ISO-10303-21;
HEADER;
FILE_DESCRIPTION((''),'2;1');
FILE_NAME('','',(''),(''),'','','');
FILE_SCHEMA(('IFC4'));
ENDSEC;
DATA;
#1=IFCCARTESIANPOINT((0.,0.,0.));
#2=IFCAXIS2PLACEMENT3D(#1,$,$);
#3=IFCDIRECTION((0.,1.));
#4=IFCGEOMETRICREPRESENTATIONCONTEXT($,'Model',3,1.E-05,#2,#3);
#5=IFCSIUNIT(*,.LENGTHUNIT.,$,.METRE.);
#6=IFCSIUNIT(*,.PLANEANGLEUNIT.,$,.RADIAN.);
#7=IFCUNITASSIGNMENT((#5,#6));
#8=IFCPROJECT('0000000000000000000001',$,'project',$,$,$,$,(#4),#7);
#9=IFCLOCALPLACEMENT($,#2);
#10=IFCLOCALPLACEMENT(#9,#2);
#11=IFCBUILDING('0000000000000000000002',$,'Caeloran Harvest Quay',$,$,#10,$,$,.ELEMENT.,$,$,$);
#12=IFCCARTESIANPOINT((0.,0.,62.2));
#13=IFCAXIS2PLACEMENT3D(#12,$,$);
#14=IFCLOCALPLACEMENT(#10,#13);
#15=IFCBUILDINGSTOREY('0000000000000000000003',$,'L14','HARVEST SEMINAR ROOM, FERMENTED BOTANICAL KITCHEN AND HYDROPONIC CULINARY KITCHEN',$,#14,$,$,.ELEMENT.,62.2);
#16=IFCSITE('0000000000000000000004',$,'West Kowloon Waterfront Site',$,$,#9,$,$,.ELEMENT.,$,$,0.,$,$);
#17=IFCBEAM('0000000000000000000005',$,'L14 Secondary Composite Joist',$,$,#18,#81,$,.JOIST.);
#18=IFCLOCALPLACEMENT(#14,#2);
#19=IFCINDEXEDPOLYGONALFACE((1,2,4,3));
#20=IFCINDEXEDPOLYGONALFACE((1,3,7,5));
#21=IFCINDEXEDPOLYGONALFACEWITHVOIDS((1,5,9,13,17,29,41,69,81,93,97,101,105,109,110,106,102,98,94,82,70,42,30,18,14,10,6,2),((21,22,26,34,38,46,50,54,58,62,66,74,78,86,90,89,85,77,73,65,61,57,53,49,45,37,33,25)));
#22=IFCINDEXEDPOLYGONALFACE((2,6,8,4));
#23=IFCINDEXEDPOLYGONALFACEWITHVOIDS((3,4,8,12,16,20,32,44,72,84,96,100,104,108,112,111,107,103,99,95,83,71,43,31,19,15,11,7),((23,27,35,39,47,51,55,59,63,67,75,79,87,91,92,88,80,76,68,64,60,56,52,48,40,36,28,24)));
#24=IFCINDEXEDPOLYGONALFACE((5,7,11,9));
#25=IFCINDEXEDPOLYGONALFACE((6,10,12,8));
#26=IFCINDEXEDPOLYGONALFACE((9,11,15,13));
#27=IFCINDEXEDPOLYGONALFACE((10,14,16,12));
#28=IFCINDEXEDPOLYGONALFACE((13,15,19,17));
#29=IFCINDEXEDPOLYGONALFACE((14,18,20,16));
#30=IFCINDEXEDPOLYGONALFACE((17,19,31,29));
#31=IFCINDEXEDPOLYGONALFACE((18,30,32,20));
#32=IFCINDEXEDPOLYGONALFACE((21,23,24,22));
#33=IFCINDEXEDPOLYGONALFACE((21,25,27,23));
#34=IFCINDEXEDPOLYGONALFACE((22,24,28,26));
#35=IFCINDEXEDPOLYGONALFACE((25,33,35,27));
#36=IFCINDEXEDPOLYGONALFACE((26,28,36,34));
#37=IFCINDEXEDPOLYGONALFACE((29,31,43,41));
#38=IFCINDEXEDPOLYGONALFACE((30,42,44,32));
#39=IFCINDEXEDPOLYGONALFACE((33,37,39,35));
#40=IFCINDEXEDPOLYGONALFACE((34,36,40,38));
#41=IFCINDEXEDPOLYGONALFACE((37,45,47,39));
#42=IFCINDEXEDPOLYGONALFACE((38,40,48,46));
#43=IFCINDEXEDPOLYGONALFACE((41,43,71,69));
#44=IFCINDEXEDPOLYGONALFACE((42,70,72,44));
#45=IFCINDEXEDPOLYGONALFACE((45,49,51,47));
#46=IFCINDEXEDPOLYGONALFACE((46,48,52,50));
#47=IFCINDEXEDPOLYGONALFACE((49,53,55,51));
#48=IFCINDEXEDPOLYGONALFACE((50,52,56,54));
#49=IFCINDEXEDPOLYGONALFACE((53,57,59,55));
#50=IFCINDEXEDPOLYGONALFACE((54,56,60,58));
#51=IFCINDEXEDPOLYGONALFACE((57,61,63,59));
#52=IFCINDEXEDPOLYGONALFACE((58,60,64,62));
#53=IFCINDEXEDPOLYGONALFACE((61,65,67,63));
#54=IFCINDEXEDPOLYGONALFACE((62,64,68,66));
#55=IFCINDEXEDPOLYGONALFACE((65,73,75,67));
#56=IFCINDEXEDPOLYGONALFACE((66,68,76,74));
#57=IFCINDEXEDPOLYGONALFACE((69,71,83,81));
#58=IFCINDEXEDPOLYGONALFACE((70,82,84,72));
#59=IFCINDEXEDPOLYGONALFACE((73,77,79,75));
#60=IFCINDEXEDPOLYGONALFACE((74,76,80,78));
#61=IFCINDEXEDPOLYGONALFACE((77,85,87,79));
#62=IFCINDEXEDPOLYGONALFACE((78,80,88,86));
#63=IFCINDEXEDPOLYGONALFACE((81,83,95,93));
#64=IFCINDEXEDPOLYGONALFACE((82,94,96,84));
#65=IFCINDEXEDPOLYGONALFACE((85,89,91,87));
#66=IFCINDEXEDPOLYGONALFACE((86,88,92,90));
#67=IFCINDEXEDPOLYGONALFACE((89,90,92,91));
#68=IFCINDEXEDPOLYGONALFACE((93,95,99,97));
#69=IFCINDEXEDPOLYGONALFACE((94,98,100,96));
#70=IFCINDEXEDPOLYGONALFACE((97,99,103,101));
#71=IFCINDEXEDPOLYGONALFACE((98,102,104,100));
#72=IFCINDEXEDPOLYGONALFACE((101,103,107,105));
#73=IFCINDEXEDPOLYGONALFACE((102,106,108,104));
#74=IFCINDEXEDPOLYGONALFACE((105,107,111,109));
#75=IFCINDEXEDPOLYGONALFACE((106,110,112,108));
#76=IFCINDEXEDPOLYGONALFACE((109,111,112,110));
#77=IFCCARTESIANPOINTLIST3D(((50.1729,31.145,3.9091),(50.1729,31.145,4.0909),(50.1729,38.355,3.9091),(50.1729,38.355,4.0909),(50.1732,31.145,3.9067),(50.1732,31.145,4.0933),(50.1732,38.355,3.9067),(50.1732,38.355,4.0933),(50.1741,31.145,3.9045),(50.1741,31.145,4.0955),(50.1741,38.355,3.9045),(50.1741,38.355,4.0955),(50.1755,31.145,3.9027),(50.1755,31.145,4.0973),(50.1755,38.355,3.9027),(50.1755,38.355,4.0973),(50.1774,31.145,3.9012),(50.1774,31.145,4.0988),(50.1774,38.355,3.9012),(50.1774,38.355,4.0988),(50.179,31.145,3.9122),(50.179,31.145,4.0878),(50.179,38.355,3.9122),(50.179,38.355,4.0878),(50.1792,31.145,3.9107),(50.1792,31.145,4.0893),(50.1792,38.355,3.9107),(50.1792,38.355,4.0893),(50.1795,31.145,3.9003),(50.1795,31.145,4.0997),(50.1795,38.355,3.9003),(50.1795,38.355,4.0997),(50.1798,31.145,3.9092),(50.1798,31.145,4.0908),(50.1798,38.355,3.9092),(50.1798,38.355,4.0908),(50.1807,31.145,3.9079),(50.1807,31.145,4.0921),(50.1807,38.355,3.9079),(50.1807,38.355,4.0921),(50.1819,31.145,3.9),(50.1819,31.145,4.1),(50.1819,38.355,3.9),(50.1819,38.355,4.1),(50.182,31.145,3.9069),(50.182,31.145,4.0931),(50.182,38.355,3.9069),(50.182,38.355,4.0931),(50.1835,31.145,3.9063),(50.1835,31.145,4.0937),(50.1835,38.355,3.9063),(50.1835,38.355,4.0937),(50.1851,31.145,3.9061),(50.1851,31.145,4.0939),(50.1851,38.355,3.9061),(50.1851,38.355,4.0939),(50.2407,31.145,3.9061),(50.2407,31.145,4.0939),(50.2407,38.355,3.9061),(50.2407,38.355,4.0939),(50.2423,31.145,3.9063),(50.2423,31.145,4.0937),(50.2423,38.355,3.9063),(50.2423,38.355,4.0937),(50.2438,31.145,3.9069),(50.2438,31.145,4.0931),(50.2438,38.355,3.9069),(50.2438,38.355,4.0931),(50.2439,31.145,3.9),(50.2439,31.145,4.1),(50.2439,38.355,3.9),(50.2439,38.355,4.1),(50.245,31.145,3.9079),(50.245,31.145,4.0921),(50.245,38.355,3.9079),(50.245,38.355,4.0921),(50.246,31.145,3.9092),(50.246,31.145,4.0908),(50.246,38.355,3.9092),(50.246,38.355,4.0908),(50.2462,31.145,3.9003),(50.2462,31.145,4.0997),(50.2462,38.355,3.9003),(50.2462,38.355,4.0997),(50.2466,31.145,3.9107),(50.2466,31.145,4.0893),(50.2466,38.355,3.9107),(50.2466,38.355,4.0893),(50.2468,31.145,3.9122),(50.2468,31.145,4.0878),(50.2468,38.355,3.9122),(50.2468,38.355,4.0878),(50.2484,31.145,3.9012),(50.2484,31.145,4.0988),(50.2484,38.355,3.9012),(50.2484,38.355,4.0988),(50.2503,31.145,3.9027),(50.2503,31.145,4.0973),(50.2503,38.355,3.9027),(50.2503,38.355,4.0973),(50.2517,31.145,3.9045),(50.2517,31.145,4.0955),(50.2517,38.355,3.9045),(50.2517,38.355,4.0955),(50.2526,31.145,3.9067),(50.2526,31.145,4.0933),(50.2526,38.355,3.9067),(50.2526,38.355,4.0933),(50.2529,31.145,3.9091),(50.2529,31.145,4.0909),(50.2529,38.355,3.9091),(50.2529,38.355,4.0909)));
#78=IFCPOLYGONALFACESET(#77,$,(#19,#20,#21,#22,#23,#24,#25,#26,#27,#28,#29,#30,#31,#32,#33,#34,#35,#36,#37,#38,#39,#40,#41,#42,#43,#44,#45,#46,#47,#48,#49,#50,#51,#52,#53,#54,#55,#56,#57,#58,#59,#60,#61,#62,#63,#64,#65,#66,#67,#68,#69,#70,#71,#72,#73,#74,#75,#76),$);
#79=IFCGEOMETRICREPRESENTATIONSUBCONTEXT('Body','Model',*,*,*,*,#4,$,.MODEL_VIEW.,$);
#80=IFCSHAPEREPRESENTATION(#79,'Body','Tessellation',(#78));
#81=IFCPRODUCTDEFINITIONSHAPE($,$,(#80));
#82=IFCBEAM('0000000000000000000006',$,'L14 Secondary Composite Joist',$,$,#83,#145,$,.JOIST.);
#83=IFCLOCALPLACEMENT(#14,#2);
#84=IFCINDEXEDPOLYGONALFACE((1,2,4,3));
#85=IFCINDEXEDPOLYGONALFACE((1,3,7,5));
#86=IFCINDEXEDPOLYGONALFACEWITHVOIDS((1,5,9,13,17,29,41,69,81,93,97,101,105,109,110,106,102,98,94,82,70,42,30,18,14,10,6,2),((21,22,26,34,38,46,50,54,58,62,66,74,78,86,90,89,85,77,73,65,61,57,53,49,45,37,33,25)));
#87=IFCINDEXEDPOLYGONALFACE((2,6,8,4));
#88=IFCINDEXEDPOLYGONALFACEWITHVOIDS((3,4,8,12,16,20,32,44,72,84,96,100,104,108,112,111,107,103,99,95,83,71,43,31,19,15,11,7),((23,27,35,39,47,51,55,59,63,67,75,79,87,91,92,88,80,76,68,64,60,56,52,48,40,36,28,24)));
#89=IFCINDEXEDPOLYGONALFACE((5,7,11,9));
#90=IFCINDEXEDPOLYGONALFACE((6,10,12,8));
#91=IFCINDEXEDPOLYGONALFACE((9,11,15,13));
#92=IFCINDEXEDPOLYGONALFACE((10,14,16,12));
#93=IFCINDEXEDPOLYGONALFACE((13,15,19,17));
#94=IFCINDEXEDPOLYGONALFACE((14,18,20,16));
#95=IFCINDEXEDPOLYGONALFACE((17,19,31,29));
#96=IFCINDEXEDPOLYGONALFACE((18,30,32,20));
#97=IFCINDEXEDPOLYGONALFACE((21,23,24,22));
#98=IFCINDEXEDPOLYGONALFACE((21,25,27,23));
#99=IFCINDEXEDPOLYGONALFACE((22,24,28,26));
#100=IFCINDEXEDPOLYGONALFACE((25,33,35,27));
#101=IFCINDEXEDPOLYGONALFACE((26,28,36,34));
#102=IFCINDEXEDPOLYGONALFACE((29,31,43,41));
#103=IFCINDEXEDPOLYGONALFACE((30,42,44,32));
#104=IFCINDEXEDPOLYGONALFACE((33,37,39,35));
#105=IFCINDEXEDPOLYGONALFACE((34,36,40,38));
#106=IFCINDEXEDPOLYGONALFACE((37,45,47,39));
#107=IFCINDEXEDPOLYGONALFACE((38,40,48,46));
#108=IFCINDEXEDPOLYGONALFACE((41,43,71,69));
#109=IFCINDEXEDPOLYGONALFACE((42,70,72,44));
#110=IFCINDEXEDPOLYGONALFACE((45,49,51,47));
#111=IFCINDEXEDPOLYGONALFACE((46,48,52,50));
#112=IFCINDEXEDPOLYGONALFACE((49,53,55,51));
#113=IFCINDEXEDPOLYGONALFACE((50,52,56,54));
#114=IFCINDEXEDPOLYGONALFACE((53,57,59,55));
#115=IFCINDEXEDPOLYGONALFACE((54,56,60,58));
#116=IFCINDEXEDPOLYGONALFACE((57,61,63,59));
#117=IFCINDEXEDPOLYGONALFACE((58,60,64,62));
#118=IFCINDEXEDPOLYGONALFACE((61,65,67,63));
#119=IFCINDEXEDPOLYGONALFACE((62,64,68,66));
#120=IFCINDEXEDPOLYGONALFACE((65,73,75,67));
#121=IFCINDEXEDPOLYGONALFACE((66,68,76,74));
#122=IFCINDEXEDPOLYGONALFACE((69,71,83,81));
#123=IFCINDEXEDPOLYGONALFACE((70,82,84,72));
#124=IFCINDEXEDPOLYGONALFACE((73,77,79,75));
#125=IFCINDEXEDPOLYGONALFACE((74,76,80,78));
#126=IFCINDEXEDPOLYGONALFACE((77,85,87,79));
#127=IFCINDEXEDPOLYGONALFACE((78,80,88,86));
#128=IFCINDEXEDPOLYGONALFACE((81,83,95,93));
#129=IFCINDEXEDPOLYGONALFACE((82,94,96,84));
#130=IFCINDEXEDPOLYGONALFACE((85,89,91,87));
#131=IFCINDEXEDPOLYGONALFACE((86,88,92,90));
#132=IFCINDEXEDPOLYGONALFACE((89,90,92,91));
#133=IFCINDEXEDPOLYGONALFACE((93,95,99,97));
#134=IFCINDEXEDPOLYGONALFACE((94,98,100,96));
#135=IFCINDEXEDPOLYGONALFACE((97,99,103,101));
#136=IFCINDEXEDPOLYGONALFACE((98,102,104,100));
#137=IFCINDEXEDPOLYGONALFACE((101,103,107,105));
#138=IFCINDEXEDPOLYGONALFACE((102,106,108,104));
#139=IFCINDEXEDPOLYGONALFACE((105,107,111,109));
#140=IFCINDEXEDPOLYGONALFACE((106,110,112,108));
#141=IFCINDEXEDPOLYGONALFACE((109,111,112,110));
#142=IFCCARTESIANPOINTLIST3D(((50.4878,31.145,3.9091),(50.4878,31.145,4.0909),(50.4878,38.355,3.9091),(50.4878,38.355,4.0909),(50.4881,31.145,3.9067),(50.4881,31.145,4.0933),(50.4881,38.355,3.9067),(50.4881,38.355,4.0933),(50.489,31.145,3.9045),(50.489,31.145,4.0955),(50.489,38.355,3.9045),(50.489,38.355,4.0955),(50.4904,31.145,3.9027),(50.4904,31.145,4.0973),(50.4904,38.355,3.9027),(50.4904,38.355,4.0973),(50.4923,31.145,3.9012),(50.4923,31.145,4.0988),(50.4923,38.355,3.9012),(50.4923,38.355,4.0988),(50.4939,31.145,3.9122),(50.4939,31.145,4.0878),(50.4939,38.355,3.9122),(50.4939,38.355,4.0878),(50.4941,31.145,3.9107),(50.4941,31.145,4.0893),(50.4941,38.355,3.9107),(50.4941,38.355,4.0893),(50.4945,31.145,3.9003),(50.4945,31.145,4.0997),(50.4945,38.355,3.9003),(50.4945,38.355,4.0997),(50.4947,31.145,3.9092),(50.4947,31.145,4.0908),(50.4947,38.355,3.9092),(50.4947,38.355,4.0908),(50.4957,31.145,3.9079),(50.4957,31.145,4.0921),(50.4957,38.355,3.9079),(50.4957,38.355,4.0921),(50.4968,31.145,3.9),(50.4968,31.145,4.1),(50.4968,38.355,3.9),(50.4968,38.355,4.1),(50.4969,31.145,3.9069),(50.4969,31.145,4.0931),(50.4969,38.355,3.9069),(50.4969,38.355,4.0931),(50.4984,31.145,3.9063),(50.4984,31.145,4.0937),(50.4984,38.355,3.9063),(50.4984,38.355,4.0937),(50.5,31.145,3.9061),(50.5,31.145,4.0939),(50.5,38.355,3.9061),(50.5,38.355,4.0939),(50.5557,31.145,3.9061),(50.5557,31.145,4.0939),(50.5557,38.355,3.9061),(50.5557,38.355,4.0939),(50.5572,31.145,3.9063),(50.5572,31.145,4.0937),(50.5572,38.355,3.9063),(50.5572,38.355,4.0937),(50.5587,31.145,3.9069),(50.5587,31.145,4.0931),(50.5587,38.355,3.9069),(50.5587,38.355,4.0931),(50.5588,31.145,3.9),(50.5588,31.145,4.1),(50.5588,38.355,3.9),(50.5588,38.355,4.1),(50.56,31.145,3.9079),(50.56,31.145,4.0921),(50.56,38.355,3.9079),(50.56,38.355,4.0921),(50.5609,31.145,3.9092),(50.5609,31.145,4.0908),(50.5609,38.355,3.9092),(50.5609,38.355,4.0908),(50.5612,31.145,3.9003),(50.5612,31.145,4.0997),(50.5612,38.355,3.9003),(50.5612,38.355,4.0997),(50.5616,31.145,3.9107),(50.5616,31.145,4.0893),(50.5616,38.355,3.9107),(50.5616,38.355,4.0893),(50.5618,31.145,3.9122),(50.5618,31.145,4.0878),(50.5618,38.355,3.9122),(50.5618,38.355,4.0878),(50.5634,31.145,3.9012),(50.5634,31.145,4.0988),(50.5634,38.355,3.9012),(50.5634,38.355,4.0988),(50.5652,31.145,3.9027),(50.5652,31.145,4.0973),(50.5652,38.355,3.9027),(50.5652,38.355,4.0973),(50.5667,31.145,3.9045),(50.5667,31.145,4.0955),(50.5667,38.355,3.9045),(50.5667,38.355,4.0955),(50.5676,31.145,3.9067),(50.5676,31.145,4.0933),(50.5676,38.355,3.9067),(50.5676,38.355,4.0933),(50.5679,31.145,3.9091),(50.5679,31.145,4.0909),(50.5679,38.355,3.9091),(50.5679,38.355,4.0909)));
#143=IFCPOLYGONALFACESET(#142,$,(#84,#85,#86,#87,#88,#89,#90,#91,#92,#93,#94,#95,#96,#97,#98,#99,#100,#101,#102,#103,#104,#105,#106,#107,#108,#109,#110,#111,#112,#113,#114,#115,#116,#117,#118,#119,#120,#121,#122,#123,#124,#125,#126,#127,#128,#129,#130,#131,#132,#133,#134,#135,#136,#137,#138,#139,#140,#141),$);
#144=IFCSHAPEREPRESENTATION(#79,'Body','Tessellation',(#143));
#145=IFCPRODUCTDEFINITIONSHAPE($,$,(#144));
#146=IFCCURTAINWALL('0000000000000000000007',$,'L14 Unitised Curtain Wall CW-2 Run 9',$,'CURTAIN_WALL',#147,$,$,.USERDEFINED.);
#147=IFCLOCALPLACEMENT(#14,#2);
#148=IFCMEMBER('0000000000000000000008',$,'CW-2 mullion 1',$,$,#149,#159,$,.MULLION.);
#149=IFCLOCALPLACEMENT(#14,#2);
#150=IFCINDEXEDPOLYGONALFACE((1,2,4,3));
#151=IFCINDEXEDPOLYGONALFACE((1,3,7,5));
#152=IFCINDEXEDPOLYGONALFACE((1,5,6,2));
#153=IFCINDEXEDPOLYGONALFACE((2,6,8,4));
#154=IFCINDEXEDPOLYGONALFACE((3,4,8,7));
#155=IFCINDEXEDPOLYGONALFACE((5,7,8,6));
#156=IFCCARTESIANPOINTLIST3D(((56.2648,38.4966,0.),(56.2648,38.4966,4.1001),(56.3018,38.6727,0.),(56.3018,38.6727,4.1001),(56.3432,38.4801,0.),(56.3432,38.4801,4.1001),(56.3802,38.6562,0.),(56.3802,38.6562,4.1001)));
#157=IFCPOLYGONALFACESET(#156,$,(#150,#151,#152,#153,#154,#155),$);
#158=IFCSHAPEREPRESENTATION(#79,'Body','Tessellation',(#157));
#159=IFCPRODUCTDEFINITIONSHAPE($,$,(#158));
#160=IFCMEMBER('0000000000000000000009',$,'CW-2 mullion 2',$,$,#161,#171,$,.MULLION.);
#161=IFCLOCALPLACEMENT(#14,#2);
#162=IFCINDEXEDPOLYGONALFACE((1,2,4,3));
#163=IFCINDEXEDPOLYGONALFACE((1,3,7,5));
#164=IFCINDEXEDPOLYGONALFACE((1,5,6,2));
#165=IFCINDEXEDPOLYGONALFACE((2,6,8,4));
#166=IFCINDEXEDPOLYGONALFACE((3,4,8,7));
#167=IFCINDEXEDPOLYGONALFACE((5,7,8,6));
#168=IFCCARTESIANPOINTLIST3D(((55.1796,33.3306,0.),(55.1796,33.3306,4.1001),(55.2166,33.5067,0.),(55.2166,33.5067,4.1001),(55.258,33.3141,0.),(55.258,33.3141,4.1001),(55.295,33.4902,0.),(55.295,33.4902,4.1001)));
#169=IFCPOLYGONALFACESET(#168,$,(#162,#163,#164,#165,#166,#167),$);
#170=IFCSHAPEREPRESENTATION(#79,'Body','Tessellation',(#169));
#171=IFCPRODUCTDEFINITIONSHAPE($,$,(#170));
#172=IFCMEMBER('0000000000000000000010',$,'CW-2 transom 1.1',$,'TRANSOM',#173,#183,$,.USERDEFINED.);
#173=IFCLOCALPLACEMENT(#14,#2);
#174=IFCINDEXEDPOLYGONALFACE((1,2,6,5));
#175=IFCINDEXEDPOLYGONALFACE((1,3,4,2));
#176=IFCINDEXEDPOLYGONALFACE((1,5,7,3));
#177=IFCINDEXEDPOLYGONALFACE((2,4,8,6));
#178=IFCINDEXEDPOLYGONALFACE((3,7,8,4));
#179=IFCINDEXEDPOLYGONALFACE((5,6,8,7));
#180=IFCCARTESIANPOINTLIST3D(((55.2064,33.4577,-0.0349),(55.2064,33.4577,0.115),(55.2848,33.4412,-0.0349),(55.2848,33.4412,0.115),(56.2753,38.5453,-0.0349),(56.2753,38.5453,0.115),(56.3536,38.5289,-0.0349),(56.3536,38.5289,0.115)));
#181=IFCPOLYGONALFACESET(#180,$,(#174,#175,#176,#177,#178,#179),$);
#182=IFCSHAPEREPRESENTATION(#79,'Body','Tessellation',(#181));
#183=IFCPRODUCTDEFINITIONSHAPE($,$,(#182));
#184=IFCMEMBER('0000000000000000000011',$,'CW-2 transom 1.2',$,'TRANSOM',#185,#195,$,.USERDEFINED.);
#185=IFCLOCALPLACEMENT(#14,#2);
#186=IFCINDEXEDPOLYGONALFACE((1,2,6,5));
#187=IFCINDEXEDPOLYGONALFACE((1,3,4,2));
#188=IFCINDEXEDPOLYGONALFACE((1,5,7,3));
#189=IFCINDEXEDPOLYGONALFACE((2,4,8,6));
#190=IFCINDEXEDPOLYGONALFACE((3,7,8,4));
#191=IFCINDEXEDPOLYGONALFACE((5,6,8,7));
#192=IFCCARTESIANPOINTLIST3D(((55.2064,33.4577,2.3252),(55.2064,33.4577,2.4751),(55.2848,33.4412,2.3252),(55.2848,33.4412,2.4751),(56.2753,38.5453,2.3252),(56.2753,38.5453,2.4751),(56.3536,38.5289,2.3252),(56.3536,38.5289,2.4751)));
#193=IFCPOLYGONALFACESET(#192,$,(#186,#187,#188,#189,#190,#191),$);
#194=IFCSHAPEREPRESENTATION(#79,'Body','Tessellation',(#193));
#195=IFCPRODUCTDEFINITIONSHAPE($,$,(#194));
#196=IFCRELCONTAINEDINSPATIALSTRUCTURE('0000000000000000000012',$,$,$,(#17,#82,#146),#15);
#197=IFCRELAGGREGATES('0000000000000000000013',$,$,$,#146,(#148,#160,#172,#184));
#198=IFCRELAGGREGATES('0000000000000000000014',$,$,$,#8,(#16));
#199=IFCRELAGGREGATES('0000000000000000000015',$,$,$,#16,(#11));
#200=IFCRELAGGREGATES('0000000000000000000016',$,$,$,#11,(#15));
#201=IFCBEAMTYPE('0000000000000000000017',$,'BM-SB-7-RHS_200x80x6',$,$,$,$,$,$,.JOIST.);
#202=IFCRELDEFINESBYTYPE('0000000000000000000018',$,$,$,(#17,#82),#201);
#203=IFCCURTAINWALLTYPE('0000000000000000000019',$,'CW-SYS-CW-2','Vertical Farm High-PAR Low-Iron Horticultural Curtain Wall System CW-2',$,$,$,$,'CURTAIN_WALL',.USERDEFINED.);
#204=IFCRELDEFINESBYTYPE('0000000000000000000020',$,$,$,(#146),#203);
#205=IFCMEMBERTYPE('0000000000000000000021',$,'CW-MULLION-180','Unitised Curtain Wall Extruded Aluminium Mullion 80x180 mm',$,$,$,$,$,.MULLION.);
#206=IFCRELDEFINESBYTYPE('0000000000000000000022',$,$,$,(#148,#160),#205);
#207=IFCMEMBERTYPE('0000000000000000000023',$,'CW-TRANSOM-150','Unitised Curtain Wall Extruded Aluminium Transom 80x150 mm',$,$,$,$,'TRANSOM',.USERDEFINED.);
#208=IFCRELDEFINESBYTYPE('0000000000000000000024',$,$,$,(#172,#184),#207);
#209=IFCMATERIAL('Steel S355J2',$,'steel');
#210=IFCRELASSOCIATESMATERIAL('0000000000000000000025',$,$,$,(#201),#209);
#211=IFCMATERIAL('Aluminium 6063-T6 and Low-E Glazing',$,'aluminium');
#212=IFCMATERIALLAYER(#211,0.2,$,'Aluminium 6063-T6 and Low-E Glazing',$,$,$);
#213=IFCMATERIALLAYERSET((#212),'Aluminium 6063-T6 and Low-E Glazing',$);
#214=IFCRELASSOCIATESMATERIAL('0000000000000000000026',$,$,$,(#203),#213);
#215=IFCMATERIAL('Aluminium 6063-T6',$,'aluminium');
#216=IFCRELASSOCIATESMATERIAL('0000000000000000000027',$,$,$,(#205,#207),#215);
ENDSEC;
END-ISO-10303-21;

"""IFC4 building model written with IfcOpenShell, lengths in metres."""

from ifc_helpers import new_model, si_unit, direction, frame, origin, origin_2d, place, context, subcontext, project, spatial, rectangle, hollow_rectangle, extrude, material, layer, layer_set, material_profile, profile_set, type_object, element, aggregate, save


model = new_model("IFC4")

# Units and contexts
model_context = context("Model", 3, precision=1e-05, world=origin(), true_north=direction((0.0, 1.0)))
body_context = subcontext(model_context, "Body", "Model", "MODEL_VIEW")
ifc_project = project(units=[si_unit("LENGTHUNIT", "METRE"), si_unit("PLANEANGLEUNIT", "RADIAN")], contexts=[model_context])

# Site, building, storey
site_placement = place(None, origin())
site = spatial("IfcSite", under=ifc_project, at=site_placement, Name="West Kowloon Waterfront Site", CompositionType="ELEMENT", RefElevation=0.0)
building_placement = place(site_placement, origin())
building = spatial("IfcBuilding", under=site, at=building_placement, Name="Caeloran Harvest Quay", CompositionType="ELEMENT")
storey_placement = place(building_placement, frame((0.0, 0.0, 62.2)))
storey = spatial("IfcBuildingStorey", under=building, at=storey_placement, Name="L14", Description="HARVEST SEMINAR ROOM, FERMENTED BOTANICAL KITCHEN AND HYDROPONIC CULINARY KITCHEN", CompositionType="ELEMENT", Elevation=62.2)

# Beams
ifc_material_1 = material(Name="Steel S355J2", Category="steel")
ifc_material_profile_1 = material_profile(ifc_material_1, hollow_rectangle(XDim=0.0801, YDim=0.2, WallThickness=0.0061, InnerFilletRadius=0.0061, OuterFilletRadius=0.009, at=origin_2d()), Name="RHS 200x80x6")
ifc_profile_set_1 = profile_set([ifc_material_profile_1], Name="Steel S355J2")
beam_type_1 = type_object("IfcBeamType", Name="BM-SB-7-RHS_200x80x6", PredefinedType="JOIST", material=ifc_profile_set_1)
for number, where, z_axis, x_axis, name in (
    (1, (50.2129, 31.145, 4.0), (0.0, 1.0, 0.0), (-1.0, 0.0, 0.0), "L14 Secondary Composite Joist"),
    (2, (50.5278, 31.145, 4.0), (0.0, 1.0, 0.0), (-1.0, 0.0, 0.0), "L14 Secondary Composite Joist"),
):
    element("IfcBeam", number, at=place(storey_placement, frame(where, z_axis=z_axis, x_axis=x_axis)), inside=storey, type_object=beam_type_1, Name=name, PredefinedType="JOIST", context=body_context, shape_type="SweptSolid", body=[
        extrude(hollow_rectangle(XDim=0.0801, YDim=0.2, WallThickness=0.0061, InnerFilletRadius=0.0061, OuterFilletRadius=0.009, at=origin_2d()), origin(), (0.0, 0.0, 1.0), 7.21),
    ])

# Curtain wall, members
ifc_material_2 = material(Name="Aluminium 6063-T6 and Low-E Glazing", Category="aluminium")
ifc_layer_1 = layer(ifc_material_2, 0.2, Name="Aluminium 6063-T6 and Low-E Glazing")
ifc_layer_set_1 = layer_set([ifc_layer_1], Name="Aluminium 6063-T6 and Low-E Glazing")
curtain_wall_type = type_object("IfcCurtainWallType", Name="CW-SYS-CW-2", Description="Vertical Farm High-PAR Low-Iron Horticultural Curtain Wall System CW-2", ElementType="CURTAIN_WALL", PredefinedType="USERDEFINED", material=ifc_layer_set_1)
curtain_wall_placement = place(storey_placement, origin())
curtain_wall = element("IfcCurtainWall", 3, at=curtain_wall_placement, inside=storey, type_object=curtain_wall_type, Name="L14 Unitised Curtain Wall CW-2 Run 9", ObjectType="CURTAIN_WALL", PredefinedType="USERDEFINED")
ifc_material_3 = material(Name="Aluminium 6063-T6", Category="aluminium")
ifc_material_profile_2 = material_profile(ifc_material_3, rectangle(XDim=0.0801, YDim=0.1799, at=origin_2d()), Name="CW-MULLION-180")
ifc_profile_set_2 = profile_set([ifc_material_profile_2], Name="Aluminium 6063-T6")
member_type_1 = type_object("IfcMemberType", Name="CW-MULLION-180", Description="Unitised Curtain Wall Extruded Aluminium Mullion 80x180 mm", PredefinedType="MULLION", material=ifc_profile_set_2)
member_1_placement = place(storey_placement, frame((56.3225, 38.5764, 0.0), z_axis=(0.0, 0.0, 1.0), x_axis=(0.97864, -0.205583, 0.0)))
member_1 = element("IfcMember", 4, at=member_1_placement, type_object=member_type_1, Name="CW-2 mullion 1", PredefinedType="MULLION", context=body_context, shape_type="SweptSolid", body=[
    extrude(rectangle(XDim=0.0801, YDim=0.1799, at=origin_2d()), origin(), (0.0, 0.0, 1.0), 4.1001),
])
member_2_placement = place(storey_placement, frame((55.2373, 33.4104, 0.0), z_axis=(0.0, 0.0, 1.0), x_axis=(0.97864, -0.205583, 0.0)))
member_2 = element("IfcMember", 5, at=member_2_placement, type_object=member_type_1, Name="CW-2 mullion 2", PredefinedType="MULLION", context=body_context, shape_type="SweptSolid", body=[
    extrude(rectangle(XDim=0.0801, YDim=0.1799, at=origin_2d()), origin(), (0.0, 0.0, 1.0), 4.1001),
])
ifc_material_profile_3 = material_profile(ifc_material_3, rectangle(XDim=0.0801, YDim=0.1499, at=origin_2d()), Name="CW-TRANSOM-150")
ifc_profile_set_3 = profile_set([ifc_material_profile_3], Name="Aluminium 6063-T6")
member_type_2 = type_object("IfcMemberType", Name="CW-TRANSOM-150", Description="Unitised Curtain Wall Extruded Aluminium Transom 80x150 mm", ElementType="TRANSOM", PredefinedType="USERDEFINED", material=ifc_profile_set_3)
member_3_placement = place(storey_placement, frame((56.3145, 38.5371, 0.04), z_axis=(-0.205599, -0.978636, 0.0), x_axis=(0.978636, -0.205599, 0.0)))
member_3 = element("IfcMember", 6, at=member_3_placement, type_object=member_type_2, Name="CW-2 transom 1.1", ObjectType="TRANSOM", PredefinedType="USERDEFINED", context=body_context, shape_type="SweptSolid", body=[
    extrude(rectangle(XDim=0.0801, YDim=0.1499, at=origin_2d()), origin(), (0.0, 0.0, 1.0), 5.1987),
])
member_4_placement = place(storey_placement, frame((56.3145, 38.5371, 2.4001), z_axis=(-0.205599, -0.978636, 0.0), x_axis=(0.978636, -0.205599, 0.0)))
member_4 = element("IfcMember", 7, at=member_4_placement, type_object=member_type_2, Name="CW-2 transom 1.2", ObjectType="TRANSOM", PredefinedType="USERDEFINED", context=body_context, shape_type="SweptSolid", body=[
    extrude(rectangle(XDim=0.0801, YDim=0.1499, at=origin_2d()), origin(), (0.0, 0.0, 1.0), 5.1987),
])
aggregate(curtain_wall, [member_1, member_2, member_3, member_4])

save(model, "model.ifc")
